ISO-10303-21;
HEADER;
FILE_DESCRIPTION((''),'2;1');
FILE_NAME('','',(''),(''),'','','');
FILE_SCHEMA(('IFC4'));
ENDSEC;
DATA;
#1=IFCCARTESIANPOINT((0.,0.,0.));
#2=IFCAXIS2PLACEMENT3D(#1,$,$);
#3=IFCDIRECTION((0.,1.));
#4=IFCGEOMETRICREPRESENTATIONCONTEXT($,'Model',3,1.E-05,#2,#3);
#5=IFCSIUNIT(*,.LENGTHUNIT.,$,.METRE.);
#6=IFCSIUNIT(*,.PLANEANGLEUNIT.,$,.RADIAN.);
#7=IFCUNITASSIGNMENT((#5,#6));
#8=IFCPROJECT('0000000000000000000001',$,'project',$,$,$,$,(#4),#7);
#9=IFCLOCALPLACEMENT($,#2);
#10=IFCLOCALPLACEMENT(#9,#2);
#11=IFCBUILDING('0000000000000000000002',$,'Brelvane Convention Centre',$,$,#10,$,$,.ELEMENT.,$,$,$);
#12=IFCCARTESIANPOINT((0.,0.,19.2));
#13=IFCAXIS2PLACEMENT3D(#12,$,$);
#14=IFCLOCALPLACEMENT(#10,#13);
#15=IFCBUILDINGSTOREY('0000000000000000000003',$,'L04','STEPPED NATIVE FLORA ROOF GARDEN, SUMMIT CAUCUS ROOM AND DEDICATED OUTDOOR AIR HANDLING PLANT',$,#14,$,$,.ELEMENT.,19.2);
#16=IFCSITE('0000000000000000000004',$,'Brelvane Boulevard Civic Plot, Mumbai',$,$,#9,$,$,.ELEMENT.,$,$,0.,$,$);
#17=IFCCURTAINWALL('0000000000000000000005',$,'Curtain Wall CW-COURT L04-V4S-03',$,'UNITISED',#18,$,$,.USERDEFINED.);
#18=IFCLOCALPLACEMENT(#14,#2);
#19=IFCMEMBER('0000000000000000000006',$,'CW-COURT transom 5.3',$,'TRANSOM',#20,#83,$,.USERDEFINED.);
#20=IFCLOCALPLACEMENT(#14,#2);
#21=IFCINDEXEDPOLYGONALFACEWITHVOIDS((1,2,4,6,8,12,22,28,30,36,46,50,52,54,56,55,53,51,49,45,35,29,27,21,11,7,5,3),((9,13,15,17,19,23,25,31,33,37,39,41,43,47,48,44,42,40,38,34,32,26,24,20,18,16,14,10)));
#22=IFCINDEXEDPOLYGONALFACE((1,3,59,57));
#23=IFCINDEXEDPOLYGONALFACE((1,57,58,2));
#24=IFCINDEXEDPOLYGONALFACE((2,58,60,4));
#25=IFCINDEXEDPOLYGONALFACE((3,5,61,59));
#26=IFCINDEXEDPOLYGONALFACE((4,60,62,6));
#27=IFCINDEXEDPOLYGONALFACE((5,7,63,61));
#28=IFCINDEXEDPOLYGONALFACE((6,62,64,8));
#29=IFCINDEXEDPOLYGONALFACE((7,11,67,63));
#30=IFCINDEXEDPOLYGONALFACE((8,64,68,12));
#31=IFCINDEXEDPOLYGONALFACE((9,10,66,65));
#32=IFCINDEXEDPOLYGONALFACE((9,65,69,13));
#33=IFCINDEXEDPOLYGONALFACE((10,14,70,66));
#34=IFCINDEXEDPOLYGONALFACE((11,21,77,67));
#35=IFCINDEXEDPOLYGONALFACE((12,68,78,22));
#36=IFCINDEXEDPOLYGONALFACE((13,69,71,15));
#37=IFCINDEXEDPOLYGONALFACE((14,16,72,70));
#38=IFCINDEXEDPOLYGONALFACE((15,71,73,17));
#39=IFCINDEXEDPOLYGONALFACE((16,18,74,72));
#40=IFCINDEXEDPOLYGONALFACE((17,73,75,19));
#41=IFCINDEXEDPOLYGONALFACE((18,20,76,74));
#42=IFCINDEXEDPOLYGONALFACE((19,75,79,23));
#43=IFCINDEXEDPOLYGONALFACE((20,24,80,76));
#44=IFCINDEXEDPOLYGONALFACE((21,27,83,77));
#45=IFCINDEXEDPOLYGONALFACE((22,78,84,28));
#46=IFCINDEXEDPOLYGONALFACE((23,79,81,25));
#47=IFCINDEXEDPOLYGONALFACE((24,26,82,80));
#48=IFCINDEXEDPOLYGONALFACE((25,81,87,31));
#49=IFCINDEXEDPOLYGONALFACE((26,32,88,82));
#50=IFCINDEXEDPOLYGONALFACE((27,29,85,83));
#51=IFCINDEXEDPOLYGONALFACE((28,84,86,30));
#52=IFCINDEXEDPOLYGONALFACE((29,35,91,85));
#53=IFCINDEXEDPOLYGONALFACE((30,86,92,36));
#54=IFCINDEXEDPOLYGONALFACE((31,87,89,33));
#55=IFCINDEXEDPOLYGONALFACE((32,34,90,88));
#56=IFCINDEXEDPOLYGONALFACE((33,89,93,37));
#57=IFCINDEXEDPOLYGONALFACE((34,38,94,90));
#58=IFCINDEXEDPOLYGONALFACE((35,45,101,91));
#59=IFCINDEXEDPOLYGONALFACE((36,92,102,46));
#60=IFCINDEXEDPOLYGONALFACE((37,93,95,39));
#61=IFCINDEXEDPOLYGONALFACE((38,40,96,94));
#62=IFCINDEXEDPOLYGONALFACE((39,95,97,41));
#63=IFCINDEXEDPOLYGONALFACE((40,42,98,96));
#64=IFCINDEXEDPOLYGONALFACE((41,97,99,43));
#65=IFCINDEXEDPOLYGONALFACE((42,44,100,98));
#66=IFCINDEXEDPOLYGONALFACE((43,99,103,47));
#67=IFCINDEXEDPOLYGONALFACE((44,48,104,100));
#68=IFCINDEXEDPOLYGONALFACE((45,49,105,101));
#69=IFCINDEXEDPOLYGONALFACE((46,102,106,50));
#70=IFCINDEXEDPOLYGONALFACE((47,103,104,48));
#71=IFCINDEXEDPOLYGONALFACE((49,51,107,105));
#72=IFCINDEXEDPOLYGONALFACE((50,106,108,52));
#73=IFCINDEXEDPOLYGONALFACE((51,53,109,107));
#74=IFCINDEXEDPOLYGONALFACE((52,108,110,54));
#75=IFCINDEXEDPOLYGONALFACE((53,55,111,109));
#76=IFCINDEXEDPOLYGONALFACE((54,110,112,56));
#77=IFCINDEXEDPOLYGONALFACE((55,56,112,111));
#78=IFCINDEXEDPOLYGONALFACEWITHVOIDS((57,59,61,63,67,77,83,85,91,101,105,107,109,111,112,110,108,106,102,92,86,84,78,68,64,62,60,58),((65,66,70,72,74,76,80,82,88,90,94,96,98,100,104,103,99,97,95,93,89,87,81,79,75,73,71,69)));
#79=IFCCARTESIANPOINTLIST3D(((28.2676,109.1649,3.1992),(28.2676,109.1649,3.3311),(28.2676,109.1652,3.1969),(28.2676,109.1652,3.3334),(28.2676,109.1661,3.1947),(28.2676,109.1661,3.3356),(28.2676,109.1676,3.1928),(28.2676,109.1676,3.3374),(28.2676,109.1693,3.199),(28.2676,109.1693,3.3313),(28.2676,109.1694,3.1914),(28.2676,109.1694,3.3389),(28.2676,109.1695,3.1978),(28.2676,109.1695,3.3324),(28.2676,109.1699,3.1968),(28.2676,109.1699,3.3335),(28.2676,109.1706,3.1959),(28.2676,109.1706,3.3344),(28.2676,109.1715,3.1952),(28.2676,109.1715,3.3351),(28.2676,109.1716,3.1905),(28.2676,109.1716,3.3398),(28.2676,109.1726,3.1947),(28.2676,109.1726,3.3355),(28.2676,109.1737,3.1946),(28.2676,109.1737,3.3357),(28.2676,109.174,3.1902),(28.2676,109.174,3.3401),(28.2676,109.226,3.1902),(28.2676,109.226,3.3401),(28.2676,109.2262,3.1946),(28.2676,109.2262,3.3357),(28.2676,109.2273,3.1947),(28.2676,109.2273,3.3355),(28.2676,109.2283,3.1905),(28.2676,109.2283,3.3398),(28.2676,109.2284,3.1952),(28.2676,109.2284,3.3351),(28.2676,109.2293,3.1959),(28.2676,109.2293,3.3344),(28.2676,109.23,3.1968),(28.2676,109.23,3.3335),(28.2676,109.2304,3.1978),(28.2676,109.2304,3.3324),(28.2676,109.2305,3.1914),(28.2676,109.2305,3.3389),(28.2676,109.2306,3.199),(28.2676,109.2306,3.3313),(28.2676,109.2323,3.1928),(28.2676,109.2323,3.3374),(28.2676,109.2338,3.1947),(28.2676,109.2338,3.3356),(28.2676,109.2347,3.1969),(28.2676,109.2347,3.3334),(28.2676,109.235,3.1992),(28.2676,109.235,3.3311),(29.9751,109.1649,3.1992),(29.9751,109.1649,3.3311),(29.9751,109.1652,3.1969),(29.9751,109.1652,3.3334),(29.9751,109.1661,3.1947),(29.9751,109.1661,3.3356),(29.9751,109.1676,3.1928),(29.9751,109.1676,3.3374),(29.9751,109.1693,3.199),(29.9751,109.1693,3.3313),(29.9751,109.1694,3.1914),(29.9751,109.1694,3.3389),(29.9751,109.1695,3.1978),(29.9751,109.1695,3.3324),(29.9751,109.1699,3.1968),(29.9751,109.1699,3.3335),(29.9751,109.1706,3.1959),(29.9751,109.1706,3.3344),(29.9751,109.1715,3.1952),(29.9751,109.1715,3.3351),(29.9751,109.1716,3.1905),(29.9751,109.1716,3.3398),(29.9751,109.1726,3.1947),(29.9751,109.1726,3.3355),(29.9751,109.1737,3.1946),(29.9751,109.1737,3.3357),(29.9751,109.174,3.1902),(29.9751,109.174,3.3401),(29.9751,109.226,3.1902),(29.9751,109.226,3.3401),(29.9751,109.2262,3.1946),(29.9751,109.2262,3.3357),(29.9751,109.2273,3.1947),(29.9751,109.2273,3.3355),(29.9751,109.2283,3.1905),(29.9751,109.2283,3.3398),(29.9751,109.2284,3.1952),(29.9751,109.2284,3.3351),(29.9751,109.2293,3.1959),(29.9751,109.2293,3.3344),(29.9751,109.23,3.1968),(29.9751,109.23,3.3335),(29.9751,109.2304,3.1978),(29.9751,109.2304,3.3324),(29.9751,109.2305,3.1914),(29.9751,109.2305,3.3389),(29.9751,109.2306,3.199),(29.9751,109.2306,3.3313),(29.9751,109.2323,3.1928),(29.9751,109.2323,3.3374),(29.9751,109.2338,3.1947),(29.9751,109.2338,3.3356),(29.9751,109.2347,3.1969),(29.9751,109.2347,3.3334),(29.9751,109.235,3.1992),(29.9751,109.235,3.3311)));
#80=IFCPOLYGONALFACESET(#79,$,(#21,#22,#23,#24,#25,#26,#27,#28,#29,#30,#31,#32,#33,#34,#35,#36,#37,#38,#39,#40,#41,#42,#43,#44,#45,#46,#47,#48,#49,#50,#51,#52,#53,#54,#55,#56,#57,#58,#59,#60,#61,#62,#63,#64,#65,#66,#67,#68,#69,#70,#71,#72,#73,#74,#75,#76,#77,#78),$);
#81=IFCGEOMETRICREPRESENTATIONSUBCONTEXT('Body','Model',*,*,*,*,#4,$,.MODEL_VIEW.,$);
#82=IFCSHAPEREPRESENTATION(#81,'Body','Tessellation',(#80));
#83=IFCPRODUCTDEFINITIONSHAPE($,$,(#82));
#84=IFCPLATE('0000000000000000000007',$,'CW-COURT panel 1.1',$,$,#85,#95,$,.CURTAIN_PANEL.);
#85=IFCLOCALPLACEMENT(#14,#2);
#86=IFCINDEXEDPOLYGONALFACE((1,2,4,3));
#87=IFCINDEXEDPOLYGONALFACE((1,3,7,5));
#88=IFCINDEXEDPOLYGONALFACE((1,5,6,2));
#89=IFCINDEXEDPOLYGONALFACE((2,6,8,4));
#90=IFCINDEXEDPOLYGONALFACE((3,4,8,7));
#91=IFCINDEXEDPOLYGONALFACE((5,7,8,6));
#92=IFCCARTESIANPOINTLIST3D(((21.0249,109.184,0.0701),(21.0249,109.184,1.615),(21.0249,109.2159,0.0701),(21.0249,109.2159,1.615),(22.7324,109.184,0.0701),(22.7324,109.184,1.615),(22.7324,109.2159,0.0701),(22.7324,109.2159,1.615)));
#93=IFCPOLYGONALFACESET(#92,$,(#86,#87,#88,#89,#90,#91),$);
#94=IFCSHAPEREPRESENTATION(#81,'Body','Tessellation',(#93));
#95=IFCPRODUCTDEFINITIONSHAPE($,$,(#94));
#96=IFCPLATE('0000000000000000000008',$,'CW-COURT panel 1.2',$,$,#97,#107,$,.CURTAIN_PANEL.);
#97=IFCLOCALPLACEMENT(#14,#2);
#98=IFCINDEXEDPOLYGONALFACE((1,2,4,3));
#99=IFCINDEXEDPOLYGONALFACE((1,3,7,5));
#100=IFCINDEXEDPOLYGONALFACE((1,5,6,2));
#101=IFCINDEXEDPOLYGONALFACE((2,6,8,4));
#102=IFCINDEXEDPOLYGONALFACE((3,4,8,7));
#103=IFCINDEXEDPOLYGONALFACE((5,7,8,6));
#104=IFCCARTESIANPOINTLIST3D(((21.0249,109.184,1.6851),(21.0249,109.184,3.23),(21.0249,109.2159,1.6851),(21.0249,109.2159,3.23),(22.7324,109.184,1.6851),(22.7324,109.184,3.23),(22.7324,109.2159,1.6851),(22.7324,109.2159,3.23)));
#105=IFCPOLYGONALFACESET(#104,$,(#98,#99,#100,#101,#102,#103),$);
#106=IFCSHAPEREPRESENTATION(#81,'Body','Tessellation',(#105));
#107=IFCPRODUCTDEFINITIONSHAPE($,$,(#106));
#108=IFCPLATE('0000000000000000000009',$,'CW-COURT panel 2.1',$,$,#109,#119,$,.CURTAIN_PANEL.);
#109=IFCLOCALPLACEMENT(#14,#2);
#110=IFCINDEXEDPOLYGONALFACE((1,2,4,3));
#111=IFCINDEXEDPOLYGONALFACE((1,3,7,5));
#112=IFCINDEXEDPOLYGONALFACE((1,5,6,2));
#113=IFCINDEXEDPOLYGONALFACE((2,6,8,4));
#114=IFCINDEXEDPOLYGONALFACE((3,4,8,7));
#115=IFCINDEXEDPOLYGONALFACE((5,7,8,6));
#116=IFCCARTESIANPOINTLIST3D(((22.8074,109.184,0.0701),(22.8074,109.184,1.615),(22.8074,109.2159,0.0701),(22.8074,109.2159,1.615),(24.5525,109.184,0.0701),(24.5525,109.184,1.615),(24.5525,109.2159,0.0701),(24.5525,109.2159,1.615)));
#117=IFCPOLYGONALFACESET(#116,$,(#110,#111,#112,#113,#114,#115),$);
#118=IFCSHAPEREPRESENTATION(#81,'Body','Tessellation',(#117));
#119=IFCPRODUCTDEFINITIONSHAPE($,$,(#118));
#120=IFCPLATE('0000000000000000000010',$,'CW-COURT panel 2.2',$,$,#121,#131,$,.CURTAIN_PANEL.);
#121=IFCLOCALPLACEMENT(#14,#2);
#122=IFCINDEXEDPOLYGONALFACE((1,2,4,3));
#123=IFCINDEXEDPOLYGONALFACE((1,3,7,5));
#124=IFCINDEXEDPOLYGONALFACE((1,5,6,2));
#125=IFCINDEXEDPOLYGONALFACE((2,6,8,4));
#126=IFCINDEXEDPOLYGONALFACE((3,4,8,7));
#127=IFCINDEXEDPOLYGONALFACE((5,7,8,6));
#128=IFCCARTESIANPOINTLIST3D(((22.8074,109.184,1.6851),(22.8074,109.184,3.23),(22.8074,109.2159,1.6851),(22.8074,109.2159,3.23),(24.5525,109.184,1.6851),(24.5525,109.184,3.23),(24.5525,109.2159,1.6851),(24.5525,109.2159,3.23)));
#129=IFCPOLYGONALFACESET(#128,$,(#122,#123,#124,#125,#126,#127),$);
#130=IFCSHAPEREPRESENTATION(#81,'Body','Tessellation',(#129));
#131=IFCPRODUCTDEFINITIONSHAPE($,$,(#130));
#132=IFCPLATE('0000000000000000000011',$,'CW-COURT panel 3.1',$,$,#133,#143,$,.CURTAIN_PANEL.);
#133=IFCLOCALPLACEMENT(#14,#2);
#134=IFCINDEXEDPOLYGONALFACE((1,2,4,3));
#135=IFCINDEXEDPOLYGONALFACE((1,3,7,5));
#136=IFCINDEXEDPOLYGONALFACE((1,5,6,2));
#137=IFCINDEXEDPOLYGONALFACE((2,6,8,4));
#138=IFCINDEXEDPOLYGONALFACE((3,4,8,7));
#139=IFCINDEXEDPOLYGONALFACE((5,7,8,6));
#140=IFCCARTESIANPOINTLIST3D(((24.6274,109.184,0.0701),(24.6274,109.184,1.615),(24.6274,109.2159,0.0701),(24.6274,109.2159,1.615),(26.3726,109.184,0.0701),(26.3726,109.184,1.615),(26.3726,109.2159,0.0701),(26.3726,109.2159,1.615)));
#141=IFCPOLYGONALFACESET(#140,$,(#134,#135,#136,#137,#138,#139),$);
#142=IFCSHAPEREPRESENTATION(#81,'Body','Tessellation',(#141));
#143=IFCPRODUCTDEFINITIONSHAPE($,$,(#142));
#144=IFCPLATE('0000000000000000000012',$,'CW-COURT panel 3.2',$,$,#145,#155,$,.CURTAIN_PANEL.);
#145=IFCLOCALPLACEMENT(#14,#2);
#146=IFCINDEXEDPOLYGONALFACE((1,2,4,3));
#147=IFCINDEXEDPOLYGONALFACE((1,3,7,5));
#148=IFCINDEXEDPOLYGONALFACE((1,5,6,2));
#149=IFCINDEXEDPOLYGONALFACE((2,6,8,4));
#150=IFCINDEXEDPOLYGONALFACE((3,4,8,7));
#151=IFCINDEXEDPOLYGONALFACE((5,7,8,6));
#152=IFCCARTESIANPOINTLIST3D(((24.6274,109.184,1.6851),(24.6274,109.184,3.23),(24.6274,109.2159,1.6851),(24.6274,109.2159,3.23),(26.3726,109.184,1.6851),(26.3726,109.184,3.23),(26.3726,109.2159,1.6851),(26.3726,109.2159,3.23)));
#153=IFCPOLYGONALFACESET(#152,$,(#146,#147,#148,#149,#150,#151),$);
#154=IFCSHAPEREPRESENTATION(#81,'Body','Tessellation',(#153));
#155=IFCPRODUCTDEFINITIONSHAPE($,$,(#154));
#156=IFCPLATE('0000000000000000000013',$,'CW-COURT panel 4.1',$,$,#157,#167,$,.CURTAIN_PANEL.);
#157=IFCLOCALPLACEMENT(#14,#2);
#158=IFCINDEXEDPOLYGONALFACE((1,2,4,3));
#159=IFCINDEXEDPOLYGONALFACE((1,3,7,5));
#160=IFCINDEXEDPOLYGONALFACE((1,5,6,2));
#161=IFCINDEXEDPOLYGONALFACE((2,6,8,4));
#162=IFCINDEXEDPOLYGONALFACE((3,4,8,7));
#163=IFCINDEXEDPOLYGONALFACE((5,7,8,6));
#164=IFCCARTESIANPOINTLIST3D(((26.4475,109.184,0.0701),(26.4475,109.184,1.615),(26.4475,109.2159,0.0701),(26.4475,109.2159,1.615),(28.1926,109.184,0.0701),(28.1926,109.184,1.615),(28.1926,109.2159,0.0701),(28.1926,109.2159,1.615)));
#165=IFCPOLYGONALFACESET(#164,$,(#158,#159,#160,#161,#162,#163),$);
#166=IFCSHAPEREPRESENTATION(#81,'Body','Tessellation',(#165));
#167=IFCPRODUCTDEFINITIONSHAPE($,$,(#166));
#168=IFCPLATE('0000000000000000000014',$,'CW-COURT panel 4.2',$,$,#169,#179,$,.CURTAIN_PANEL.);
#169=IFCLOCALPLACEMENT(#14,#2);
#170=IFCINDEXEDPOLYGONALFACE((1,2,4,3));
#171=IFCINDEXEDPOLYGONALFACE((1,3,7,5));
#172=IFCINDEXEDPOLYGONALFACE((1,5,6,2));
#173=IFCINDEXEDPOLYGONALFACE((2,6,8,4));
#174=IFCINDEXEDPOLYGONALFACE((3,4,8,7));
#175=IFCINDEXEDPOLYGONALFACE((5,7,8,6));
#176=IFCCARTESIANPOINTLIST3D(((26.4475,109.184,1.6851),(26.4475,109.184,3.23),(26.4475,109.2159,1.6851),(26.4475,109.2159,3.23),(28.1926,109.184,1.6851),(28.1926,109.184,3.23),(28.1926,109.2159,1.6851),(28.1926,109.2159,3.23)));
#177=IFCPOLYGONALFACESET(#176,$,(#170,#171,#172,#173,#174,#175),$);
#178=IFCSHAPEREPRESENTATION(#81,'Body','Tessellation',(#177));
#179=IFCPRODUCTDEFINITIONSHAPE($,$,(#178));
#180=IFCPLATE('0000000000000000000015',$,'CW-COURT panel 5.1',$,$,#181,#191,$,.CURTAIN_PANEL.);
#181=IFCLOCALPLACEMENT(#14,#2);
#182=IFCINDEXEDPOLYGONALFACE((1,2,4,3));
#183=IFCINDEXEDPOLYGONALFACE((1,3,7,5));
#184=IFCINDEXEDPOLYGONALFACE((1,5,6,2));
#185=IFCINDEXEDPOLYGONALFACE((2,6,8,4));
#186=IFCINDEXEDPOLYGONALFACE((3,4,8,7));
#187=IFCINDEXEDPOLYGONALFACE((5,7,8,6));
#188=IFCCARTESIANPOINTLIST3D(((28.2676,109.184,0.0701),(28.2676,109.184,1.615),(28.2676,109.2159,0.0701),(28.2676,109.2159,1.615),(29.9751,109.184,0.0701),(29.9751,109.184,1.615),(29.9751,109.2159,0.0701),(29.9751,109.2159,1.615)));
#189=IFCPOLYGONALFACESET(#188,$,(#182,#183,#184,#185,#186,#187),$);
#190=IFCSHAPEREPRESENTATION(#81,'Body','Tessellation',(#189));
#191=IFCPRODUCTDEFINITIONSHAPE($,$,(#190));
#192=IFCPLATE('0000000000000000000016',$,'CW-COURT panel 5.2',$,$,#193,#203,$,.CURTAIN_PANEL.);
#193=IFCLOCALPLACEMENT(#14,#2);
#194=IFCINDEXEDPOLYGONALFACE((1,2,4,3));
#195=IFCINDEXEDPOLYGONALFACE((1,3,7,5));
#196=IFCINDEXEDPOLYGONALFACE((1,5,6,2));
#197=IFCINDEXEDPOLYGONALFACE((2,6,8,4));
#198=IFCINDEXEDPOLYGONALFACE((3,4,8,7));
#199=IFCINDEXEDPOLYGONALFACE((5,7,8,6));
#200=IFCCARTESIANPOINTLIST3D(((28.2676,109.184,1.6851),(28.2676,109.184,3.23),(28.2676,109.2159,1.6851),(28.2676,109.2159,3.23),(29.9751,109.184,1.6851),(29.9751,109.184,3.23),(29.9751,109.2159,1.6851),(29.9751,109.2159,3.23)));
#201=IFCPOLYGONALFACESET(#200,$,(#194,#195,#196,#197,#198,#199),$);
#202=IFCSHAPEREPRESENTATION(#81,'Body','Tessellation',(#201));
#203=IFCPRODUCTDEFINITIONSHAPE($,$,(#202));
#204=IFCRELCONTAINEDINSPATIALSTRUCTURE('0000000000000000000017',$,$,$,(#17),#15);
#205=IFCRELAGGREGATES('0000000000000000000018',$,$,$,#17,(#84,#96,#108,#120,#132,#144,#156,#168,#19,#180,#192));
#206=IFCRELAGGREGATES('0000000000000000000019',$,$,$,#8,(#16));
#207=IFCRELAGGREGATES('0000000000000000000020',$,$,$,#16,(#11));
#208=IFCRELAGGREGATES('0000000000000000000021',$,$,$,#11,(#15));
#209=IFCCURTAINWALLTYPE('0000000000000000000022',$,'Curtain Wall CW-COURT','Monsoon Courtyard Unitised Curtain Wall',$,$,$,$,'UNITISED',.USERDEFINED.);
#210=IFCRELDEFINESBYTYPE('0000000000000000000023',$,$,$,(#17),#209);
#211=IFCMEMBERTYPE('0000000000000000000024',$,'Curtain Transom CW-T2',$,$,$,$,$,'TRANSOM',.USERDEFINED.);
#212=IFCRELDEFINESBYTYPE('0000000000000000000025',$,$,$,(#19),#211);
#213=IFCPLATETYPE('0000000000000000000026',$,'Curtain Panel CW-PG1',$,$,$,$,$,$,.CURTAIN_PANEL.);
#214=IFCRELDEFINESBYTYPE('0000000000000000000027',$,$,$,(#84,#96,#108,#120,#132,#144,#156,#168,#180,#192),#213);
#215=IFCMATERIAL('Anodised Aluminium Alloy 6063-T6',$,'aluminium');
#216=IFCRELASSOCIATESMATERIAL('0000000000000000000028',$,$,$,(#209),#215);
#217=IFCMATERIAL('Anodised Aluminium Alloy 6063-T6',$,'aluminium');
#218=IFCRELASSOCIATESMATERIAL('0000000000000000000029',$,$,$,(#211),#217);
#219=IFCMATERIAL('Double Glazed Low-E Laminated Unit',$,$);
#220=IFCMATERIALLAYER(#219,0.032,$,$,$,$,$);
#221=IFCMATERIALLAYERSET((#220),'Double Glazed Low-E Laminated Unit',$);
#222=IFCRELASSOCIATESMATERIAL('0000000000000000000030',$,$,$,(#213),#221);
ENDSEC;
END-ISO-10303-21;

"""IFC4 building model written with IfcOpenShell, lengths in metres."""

from ifc_helpers import new_model, si_unit, direction, frame, origin, origin_2d, place, context, subcontext, project, spatial, rectangle, hollow_rectangle, extrude, material, layer, layer_set, material_profile, profile_set, type_object, element, aggregate, save


model = new_model("IFC4")

# Units and contexts
model_context = context("Model", 3, precision=1e-05, world=origin(), true_north=direction((0.0, 1.0)))
body_context = subcontext(model_context, "Body", "Model", "MODEL_VIEW")
ifc_project = project(units=[si_unit("LENGTHUNIT", "METRE"), si_unit("PLANEANGLEUNIT", "RADIAN")], contexts=[model_context])

# Site, building, storey
site_placement = place(None, origin())
site = spatial("IfcSite", under=ifc_project, at=site_placement, Name="Brelvane Boulevard Civic Plot, Mumbai", CompositionType="ELEMENT", RefElevation=0.0)
building_placement = place(site_placement, origin())
building = spatial("IfcBuilding", under=site, at=building_placement, Name="Brelvane Convention Centre", CompositionType="ELEMENT")
storey_placement = place(building_placement, frame((0.0, 0.0, 19.2)))
storey = spatial("IfcBuildingStorey", under=building, at=storey_placement, Name="L04", Description="STEPPED NATIVE FLORA ROOF GARDEN, SUMMIT CAUCUS ROOM AND DEDICATED OUTDOOR AIR HANDLING PLANT", CompositionType="ELEMENT", Elevation=19.2)

# Curtain wall, member, plates
ifc_material_1 = material(Name="Anodised Aluminium Alloy 6063-T6", Category="aluminium")
curtain_wall_type = type_object("IfcCurtainWallType", Name="Curtain Wall CW-COURT", Description="Monsoon Courtyard Unitised Curtain Wall", ElementType="UNITISED", PredefinedType="USERDEFINED", material=ifc_material_1)
curtain_wall_placement = place(storey_placement, origin())
curtain_wall = element("IfcCurtainWall", 1, at=curtain_wall_placement, inside=storey, type_object=curtain_wall_type, Name="Curtain Wall CW-COURT L04-V4S-03", ObjectType="UNITISED", PredefinedType="USERDEFINED")
ifc_material_2 = material(Name="Anodised Aluminium Alloy 6063-T6", Category="aluminium")
ifc_material_profile_1 = material_profile(ifc_material_2, hollow_rectangle(XDim=0.0701, YDim=0.1499, WallThickness=0.0044, InnerFilletRadius=0.0044, OuterFilletRadius=0.009, at=origin_2d()), Name="ALU-T 150x70x4.5")
ifc_profile_set_1 = profile_set([ifc_material_profile_1], Name="Anodised Aluminium Alloy 6063-T6")
member_type_1 = type_object("IfcMemberType", Name="Curtain Transom CW-T2", ElementType="TRANSOM", PredefinedType="USERDEFINED", material=ifc_profile_set_1)
member_1_placement = place(storey_placement, frame((28.2676, 109.2, 3.2651), z_axis=(1.0, 0.0, 0.0), x_axis=(0.0, 1.0, 0.0)))
member_1 = element("IfcMember", 2, at=member_1_placement, type_object=member_type_1, Name="CW-COURT transom 5.3", ObjectType="TRANSOM", PredefinedType="USERDEFINED", context=body_context, shape_type="SweptSolid", body=[
    extrude(hollow_rectangle(XDim=0.0701, YDim=0.1499, WallThickness=0.0044, InnerFilletRadius=0.0044, OuterFilletRadius=0.009, at=origin_2d()), origin(), (0.0, 0.0, 1.0), 1.7075),
])
ifc_material_3 = material(Name="Double Glazed Low-E Laminated Unit")
ifc_layer = layer(ifc_material_3, 0.032)
ifc_layer_set = layer_set([ifc_layer], Name="Double Glazed Low-E Laminated Unit")
plate_type = type_object("IfcPlateType", Name="Curtain Panel CW-PG1", PredefinedType="CURTAIN_PANEL", material=ifc_layer_set)
plate_1_placement = place(storey_placement, frame((21.8787, 109.2, 0.0701), z_axis=(0.0, 0.0, 1.0), x_axis=(1.0, 0.0, 0.0)))
plate_1 = element("IfcPlate", 3, at=plate_1_placement, type_object=plate_type, Name="CW-COURT panel 1.1", PredefinedType="CURTAIN_PANEL", context=body_context, shape_type="SweptSolid", body=[
    extrude(rectangle(XDim=1.7075, YDim=0.032, at=origin_2d()), origin(), (0.0, 0.0, 1.0), 1.5449),
])
plate_2_placement = place(storey_placement, frame((21.8787, 109.2, 1.6851), z_axis=(0.0, 0.0, 1.0), x_axis=(1.0, 0.0, 0.0)))
plate_2 = element("IfcPlate", 4, at=plate_2_placement, type_object=plate_type, Name="CW-COURT panel 1.2", PredefinedType="CURTAIN_PANEL", context=body_context, shape_type="SweptSolid", body=[
    extrude(rectangle(XDim=1.7075, YDim=0.032, at=origin_2d()), origin(), (0.0, 0.0, 1.0), 1.5449),
])
plate_3_placement = place(storey_placement, frame((23.6799, 109.2, 0.0701), z_axis=(0.0, 0.0, 1.0), x_axis=(1.0, 0.0, 0.0)))
plate_3 = element("IfcPlate", 5, at=plate_3_placement, type_object=plate_type, Name="CW-COURT panel 2.1", PredefinedType="CURTAIN_PANEL", context=body_context, shape_type="SweptSolid", body=[
    extrude(rectangle(XDim=1.7451, YDim=0.032, at=origin_2d()), origin(), (0.0, 0.0, 1.0), 1.5449),
])
plate_4_placement = place(storey_placement, frame((23.6799, 109.2, 1.6851), z_axis=(0.0, 0.0, 1.0), x_axis=(1.0, 0.0, 0.0)))
plate_4 = element("IfcPlate", 6, at=plate_4_placement, type_object=plate_type, Name="CW-COURT panel 2.2", PredefinedType="CURTAIN_PANEL", context=body_context, shape_type="SweptSolid", body=[
    extrude(rectangle(XDim=1.7451, YDim=0.032, at=origin_2d()), origin(), (0.0, 0.0, 1.0), 1.5449),
])
plate_5_placement = place(storey_placement, frame((25.5, 109.2, 0.0701), z_axis=(0.0, 0.0, 1.0), x_axis=(1.0, 0.0, 0.0)))
plate_5 = element("IfcPlate", 7, at=plate_5_placement, type_object=plate_type, Name="CW-COURT panel 3.1", PredefinedType="CURTAIN_PANEL", context=body_context, shape_type="SweptSolid", body=[
    extrude(rectangle(XDim=1.7451, YDim=0.032, at=origin_2d()), origin(), (0.0, 0.0, 1.0), 1.5449),
])
plate_6_placement = place(storey_placement, frame((25.5, 109.2, 1.6851), z_axis=(0.0, 0.0, 1.0), x_axis=(1.0, 0.0, 0.0)))
plate_6 = element("IfcPlate", 8, at=plate_6_placement, type_object=plate_type, Name="CW-COURT panel 3.2", PredefinedType="CURTAIN_PANEL", context=body_context, shape_type="SweptSolid", body=[
    extrude(rectangle(XDim=1.7451, YDim=0.032, at=origin_2d()), origin(), (0.0, 0.0, 1.0), 1.5449),
])
plate_7_placement = place(storey_placement, frame((27.3201, 109.2, 0.0701), z_axis=(0.0, 0.0, 1.0), x_axis=(1.0, 0.0, 0.0)))
plate_7 = element("IfcPlate", 9, at=plate_7_placement, type_object=plate_type, Name="CW-COURT panel 4.1", PredefinedType="CURTAIN_PANEL", context=body_context, shape_type="SweptSolid", body=[
    extrude(rectangle(XDim=1.7451, YDim=0.032, at=origin_2d()), origin(), (0.0, 0.0, 1.0), 1.5449),
])
plate_8_placement = place(storey_placement, frame((27.3201, 109.2, 1.6851), z_axis=(0.0, 0.0, 1.0), x_axis=(1.0, 0.0, 0.0)))
plate_8 = element("IfcPlate", 10, at=plate_8_placement, type_object=plate_type, Name="CW-COURT panel 4.2", PredefinedType="CURTAIN_PANEL", context=body_context, shape_type="SweptSolid", body=[
    extrude(rectangle(XDim=1.7451, YDim=0.032, at=origin_2d()), origin(), (0.0, 0.0, 1.0), 1.5449),
])
plate_9_placement = place(storey_placement, frame((29.1213, 109.2, 0.0701), z_axis=(0.0, 0.0, 1.0), x_axis=(1.0, 0.0, 0.0)))
plate_9 = element("IfcPlate", 11, at=plate_9_placement, type_object=plate_type, Name="CW-COURT panel 5.1", PredefinedType="CURTAIN_PANEL", context=body_context, shape_type="SweptSolid", body=[
    extrude(rectangle(XDim=1.7075, YDim=0.032, at=origin_2d()), origin(), (0.0, 0.0, 1.0), 1.5449),
])
plate_10_placement = place(storey_placement, frame((29.1213, 109.2, 1.6851), z_axis=(0.0, 0.0, 1.0), x_axis=(1.0, 0.0, 0.0)))
plate_10 = element("IfcPlate", 12, at=plate_10_placement, type_object=plate_type, Name="CW-COURT panel 5.2", PredefinedType="CURTAIN_PANEL", context=body_context, shape_type="SweptSolid", body=[
    extrude(rectangle(XDim=1.7075, YDim=0.032, at=origin_2d()), origin(), (0.0, 0.0, 1.0), 1.5449),
])
aggregate(curtain_wall, [plate_1, plate_2, plate_3, plate_4, plate_5, plate_6, plate_7, plate_8, member_1, plate_9, plate_10])

save(model, "model.ifc")
